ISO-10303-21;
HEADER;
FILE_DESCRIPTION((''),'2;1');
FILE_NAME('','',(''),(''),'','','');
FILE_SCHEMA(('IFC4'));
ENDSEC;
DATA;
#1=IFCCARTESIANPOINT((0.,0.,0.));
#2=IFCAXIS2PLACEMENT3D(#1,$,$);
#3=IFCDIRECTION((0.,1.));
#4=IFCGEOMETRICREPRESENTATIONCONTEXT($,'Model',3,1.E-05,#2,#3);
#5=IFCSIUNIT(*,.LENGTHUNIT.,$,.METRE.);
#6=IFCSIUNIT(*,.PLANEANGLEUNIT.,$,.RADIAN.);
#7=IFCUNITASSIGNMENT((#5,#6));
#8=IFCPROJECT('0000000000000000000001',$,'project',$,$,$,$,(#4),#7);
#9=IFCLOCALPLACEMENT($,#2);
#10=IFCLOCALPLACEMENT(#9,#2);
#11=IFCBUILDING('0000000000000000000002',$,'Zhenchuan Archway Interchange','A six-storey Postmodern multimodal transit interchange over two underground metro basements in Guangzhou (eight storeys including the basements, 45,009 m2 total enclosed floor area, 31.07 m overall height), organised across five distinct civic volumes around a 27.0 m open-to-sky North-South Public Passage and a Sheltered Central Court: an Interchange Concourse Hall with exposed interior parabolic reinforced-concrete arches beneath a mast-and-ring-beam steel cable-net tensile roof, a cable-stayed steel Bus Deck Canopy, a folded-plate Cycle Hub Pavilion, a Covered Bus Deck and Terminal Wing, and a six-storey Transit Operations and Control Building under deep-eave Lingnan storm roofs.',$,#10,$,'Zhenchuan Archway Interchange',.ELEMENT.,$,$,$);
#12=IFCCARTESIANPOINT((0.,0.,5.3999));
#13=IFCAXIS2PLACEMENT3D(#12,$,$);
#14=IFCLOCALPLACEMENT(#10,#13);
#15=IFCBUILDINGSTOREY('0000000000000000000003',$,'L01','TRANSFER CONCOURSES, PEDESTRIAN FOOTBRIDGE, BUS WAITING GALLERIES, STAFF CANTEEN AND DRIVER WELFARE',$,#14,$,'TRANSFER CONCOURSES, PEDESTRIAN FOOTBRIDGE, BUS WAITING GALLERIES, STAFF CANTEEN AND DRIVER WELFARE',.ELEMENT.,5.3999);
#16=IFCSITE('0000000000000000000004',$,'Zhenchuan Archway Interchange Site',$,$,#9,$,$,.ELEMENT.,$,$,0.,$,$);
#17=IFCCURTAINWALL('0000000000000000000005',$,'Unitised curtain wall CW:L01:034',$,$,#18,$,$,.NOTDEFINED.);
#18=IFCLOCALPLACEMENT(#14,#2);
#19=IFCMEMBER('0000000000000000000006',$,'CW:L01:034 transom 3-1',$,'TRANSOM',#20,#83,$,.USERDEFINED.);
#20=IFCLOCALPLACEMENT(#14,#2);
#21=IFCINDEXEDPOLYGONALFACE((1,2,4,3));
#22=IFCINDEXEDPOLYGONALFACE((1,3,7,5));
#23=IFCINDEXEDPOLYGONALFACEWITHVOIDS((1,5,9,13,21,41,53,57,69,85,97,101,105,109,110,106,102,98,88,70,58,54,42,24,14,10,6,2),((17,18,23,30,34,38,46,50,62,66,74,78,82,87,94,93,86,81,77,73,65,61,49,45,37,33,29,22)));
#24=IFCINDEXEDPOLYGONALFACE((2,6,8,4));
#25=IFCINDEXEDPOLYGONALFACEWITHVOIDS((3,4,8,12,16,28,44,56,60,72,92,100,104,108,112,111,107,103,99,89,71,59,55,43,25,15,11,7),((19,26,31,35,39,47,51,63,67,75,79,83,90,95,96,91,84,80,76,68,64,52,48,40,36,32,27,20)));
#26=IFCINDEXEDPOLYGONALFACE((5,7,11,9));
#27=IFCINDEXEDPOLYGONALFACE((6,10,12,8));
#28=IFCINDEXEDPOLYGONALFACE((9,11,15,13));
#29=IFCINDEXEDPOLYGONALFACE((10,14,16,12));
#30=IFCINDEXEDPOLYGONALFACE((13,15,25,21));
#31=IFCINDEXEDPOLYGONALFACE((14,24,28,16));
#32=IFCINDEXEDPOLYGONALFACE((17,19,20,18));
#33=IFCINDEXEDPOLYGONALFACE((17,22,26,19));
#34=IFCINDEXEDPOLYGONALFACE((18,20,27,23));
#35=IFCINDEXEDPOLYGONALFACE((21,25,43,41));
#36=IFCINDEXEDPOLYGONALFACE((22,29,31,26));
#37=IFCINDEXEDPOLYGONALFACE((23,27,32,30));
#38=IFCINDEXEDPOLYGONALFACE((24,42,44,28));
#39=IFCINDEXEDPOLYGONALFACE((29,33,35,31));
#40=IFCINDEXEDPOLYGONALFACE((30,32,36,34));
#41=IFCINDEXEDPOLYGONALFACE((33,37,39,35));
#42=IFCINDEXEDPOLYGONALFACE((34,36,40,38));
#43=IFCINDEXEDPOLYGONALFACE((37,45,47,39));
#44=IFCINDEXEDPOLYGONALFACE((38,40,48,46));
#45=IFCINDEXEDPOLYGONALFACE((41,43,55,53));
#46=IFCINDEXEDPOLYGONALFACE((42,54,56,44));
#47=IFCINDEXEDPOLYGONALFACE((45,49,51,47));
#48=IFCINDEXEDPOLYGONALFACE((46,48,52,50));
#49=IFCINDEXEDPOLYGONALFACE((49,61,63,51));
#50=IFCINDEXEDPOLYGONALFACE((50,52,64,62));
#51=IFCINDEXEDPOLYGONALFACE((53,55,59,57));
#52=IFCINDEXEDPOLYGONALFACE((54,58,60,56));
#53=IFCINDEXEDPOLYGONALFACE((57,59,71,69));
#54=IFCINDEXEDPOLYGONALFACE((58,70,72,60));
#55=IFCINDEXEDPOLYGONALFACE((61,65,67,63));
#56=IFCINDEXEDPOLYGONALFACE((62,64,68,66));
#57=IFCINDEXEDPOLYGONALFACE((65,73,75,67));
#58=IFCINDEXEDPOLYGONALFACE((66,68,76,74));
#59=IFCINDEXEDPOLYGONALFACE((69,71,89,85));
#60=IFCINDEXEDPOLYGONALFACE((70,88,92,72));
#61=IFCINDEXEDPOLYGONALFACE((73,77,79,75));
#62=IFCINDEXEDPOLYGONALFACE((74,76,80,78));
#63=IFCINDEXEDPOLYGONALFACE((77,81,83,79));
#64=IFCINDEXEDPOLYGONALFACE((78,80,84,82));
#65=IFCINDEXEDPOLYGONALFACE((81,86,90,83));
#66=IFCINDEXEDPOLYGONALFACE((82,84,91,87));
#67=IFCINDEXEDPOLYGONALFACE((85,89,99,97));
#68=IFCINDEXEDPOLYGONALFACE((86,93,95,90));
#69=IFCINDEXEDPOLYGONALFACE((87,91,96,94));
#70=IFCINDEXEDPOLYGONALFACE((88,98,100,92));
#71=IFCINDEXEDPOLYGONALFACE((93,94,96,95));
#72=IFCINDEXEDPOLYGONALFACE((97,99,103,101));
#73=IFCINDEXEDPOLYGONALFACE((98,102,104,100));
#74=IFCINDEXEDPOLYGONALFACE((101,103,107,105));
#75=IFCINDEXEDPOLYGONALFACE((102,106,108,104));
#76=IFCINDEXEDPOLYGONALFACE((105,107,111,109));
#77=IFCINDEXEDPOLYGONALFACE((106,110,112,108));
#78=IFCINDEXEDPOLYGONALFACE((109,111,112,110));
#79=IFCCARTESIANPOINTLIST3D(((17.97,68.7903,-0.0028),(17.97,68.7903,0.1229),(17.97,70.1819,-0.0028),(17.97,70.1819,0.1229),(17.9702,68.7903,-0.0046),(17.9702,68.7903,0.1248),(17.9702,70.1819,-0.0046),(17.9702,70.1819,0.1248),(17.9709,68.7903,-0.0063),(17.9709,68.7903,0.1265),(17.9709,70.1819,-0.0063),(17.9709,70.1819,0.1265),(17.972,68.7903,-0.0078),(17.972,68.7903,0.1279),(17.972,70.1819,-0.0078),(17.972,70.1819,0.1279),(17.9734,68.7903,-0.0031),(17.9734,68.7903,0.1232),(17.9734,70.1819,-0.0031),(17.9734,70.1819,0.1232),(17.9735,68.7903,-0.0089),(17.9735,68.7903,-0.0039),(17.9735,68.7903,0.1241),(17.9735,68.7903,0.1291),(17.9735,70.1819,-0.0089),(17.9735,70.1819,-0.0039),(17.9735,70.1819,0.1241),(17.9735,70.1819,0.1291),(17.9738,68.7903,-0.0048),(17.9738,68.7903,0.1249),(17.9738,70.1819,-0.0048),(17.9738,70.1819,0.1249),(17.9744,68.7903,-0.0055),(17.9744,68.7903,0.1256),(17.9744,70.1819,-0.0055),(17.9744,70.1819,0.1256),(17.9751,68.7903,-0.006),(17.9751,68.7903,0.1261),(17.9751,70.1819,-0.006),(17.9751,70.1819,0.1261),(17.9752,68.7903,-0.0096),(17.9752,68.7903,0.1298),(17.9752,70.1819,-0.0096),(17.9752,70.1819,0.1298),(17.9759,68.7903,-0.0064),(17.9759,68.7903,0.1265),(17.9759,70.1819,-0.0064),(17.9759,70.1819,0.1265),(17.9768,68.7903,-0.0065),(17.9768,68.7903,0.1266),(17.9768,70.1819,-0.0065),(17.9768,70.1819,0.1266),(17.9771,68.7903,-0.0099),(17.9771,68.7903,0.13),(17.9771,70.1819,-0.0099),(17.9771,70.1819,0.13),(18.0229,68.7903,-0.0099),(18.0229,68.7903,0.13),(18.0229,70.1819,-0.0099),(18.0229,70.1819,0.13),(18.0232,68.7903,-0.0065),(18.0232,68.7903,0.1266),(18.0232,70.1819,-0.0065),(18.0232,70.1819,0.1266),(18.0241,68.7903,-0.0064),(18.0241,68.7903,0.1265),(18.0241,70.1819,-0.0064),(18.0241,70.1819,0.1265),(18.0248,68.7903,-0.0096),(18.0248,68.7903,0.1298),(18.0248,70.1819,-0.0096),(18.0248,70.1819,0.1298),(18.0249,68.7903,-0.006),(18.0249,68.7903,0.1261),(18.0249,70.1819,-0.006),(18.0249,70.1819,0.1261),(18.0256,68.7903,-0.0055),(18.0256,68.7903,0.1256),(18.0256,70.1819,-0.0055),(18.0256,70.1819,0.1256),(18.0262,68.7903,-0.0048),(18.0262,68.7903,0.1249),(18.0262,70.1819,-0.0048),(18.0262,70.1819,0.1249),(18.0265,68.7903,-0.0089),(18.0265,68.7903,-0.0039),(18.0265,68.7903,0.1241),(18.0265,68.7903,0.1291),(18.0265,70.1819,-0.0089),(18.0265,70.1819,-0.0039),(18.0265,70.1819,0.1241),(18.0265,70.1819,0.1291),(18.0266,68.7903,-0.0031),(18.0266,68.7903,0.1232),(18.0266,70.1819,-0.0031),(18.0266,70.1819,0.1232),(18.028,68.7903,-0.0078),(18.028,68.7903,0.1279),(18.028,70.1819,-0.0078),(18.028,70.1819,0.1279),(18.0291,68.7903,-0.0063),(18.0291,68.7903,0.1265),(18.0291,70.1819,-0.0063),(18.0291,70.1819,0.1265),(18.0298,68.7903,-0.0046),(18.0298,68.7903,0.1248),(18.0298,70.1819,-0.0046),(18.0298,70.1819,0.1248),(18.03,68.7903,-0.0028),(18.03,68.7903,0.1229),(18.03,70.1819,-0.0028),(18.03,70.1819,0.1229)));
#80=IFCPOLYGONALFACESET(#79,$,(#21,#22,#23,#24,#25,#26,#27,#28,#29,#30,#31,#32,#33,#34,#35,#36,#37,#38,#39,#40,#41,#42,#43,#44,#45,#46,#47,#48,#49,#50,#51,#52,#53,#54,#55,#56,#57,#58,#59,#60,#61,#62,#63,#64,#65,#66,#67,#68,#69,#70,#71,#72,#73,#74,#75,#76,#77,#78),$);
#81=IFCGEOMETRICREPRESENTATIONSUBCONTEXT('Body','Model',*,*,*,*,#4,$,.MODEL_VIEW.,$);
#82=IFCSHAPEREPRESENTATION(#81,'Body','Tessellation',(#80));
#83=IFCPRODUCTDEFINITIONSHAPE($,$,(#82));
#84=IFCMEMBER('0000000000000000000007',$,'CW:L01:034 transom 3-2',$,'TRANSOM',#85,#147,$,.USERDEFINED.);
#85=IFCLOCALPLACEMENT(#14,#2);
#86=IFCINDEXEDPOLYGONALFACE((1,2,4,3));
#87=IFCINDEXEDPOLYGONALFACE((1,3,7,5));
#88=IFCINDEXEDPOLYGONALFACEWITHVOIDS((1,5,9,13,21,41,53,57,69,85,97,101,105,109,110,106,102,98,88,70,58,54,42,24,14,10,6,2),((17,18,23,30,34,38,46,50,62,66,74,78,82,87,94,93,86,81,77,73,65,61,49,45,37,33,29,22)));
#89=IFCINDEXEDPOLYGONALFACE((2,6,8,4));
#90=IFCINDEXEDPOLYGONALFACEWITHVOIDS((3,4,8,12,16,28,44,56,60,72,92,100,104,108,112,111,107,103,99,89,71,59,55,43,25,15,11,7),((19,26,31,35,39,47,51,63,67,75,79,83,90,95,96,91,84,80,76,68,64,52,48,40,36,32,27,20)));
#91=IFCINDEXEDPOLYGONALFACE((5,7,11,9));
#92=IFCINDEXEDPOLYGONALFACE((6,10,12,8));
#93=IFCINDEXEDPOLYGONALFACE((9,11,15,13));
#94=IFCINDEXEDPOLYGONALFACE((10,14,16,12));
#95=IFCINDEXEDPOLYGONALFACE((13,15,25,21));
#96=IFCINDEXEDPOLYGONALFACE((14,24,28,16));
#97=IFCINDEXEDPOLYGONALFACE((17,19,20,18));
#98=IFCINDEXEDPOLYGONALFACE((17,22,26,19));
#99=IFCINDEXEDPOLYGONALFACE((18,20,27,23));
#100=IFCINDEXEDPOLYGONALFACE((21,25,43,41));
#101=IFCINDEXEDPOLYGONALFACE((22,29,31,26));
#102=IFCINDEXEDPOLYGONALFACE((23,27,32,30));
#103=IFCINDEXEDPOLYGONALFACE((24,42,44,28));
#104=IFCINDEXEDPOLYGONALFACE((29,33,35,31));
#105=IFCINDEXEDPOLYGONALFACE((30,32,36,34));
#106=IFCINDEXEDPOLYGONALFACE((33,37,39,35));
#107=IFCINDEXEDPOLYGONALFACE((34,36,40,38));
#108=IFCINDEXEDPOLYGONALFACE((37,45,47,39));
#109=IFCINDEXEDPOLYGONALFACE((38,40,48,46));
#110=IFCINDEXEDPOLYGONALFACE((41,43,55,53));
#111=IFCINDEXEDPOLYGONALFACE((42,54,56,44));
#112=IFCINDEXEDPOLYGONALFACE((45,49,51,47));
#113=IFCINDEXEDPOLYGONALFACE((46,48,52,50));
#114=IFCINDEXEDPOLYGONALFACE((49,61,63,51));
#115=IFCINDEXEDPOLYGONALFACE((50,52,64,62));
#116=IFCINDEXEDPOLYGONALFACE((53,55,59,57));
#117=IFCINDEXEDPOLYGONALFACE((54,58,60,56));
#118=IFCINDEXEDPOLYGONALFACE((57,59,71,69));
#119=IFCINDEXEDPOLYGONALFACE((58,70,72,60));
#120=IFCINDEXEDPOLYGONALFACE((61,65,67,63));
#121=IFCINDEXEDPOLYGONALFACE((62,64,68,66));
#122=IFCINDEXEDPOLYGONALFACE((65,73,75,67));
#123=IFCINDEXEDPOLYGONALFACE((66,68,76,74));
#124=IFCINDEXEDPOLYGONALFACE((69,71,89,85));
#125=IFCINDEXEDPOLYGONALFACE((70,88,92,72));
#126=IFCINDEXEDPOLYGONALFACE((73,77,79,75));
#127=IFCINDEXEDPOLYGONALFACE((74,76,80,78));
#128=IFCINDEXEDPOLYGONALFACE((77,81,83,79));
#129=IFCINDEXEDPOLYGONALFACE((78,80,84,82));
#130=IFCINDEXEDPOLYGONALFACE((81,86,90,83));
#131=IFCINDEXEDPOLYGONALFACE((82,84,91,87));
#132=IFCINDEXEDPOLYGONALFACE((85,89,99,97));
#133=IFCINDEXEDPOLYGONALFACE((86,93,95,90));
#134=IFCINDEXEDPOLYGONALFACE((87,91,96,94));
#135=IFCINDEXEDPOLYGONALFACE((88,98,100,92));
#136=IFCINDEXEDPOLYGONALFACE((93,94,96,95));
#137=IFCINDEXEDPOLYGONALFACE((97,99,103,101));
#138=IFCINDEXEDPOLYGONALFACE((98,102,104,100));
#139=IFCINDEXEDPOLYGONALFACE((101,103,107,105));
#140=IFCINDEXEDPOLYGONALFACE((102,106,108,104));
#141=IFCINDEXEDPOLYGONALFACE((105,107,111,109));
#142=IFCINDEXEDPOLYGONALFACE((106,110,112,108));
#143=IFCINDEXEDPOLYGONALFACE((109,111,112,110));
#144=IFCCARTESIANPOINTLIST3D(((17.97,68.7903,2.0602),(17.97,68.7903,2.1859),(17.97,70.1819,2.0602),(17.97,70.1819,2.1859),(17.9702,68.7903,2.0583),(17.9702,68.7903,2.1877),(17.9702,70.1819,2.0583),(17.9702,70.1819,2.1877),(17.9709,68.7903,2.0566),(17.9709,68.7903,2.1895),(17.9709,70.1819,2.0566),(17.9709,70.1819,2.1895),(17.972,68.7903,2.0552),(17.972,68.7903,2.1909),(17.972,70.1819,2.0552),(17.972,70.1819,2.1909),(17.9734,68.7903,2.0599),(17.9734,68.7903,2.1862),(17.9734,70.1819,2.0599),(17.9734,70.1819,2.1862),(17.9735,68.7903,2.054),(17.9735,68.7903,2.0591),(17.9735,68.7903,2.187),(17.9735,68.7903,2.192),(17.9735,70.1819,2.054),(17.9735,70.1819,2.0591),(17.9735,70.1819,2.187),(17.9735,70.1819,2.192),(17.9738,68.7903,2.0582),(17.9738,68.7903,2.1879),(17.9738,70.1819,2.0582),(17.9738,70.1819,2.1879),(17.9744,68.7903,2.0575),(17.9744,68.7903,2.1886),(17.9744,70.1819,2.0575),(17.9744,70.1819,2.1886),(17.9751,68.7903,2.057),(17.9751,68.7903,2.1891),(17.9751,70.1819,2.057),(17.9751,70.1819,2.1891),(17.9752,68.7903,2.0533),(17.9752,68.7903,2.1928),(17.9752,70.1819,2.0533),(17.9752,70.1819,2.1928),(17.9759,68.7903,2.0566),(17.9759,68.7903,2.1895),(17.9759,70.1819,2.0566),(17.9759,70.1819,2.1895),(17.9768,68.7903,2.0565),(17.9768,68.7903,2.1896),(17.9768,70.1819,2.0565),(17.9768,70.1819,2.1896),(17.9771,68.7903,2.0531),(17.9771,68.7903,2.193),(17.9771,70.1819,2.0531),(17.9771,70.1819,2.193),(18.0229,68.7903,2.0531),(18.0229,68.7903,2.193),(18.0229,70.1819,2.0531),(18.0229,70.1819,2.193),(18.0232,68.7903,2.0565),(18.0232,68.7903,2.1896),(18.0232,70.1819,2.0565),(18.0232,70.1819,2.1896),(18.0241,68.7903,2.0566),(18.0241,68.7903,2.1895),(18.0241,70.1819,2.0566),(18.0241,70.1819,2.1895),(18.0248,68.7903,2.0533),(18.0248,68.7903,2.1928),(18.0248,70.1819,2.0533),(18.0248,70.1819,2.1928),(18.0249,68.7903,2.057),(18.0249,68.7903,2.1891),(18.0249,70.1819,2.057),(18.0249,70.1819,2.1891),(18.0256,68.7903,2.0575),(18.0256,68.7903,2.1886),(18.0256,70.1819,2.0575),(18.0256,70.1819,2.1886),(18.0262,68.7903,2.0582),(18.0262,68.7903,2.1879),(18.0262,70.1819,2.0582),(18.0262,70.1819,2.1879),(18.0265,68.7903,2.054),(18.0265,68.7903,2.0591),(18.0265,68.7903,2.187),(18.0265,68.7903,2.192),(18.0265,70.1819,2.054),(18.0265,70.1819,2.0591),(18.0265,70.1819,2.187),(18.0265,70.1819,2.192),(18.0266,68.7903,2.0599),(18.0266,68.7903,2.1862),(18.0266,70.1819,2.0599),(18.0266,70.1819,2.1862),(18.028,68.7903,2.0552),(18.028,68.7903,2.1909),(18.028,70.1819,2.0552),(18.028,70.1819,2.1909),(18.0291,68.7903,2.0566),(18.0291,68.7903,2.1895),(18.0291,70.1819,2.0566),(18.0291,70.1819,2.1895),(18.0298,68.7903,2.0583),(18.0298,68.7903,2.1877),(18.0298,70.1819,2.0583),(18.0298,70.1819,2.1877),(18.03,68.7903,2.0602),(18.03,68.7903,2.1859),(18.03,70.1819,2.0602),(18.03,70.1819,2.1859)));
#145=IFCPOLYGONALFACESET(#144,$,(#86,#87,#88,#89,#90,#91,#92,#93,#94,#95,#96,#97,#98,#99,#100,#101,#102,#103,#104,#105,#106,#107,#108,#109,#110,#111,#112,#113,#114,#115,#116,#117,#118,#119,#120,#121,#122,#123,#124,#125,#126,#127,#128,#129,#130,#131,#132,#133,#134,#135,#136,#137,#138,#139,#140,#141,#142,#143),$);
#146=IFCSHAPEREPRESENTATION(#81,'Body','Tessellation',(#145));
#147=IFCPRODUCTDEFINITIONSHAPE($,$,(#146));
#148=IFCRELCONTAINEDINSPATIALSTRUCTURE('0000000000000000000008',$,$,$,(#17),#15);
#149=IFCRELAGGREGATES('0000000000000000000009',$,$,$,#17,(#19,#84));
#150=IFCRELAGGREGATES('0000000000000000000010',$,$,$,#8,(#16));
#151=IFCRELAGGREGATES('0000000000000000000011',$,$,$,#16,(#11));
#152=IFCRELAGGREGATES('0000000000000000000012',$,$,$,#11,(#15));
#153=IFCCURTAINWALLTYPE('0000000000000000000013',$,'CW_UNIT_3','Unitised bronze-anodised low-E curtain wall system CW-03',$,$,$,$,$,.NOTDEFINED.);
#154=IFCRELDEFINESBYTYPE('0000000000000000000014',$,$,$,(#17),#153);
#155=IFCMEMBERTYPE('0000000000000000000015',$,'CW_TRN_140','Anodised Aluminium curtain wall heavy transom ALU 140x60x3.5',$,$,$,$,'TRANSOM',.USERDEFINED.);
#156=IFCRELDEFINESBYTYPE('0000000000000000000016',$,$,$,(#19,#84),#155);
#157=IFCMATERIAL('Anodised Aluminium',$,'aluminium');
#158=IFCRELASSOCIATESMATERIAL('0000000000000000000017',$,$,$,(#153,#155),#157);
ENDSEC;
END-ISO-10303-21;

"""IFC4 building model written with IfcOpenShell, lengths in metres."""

from ifc_helpers import new_model, si_unit, direction, frame, origin, origin_2d, place, context, subcontext, project, spatial, hollow_rectangle, extrude, material, material_profile, profile_set, type_object, element, aggregate, save


model = new_model("IFC4")

# Units and contexts
model_context = context("Model", 3, precision=1e-05, world=origin(), true_north=direction((0.0, 1.0)))
body_context = subcontext(model_context, "Body", "Model", "MODEL_VIEW")
ifc_project = project(units=[si_unit("LENGTHUNIT", "METRE"), si_unit("PLANEANGLEUNIT", "RADIAN")], contexts=[model_context])

# Site, building, storey
site_placement = place(None, origin())
site = spatial("IfcSite", under=ifc_project, at=site_placement, Name="Zhenchuan Archway Interchange Site", CompositionType="ELEMENT", RefElevation=0.0)
building_placement = place(site_placement, origin())
building = spatial("IfcBuilding", under=site, at=building_placement, Name="Zhenchuan Archway Interchange", Description="A six-storey Postmodern multimodal transit interchange over two underground metro basements in Guangzhou (eight storeys including the basements, 45,009 m2 total enclosed floor area, 31.07 m overall height), organised across five distinct civic volumes around a 27.0 m open-to-sky North-South Public Passage and a Sheltered Central Court: an Interchange Concourse Hall with exposed interior parabolic reinforced-concrete arches beneath a mast-and-ring-beam steel cable-net tensile roof, a cable-stayed steel Bus Deck Canopy, a folded-plate Cycle Hub Pavilion, a Covered Bus Deck and Terminal Wing, and a six-storey Transit Operations and Control Building under deep-eave Lingnan storm roofs.", LongName="Zhenchuan Archway Interchange", CompositionType="ELEMENT")
storey_placement = place(building_placement, frame((0.0, 0.0, 5.3999)))
storey = spatial("IfcBuildingStorey", under=building, at=storey_placement, Name="L01", Description="TRANSFER CONCOURSES, PEDESTRIAN FOOTBRIDGE, BUS WAITING GALLERIES, STAFF CANTEEN AND DRIVER WELFARE", LongName="TRANSFER CONCOURSES, PEDESTRIAN FOOTBRIDGE, BUS WAITING GALLERIES, STAFF CANTEEN AND DRIVER WELFARE", CompositionType="ELEMENT", Elevation=5.3999)

# Curtain wall
ifc_material_1 = material(Name="Anodised Aluminium", Category="aluminium")
curtain_wall_type_1 = type_object("IfcCurtainWallType", Name="CW_UNIT_3", Description="Unitised bronze-anodised low-E curtain wall system CW-03", PredefinedType="NOTDEFINED", material=ifc_material_1)
curtain_wall_1_placement = place(storey_placement, origin())
curtain_wall_1 = element("IfcCurtainWall", 1, at=curtain_wall_1_placement, inside=storey, type_object=curtain_wall_type_1, Name="Unitised curtain wall CW:L01:034", PredefinedType="NOTDEFINED")

# Members
ifc_material_profile_1 = material_profile(ifc_material_1, hollow_rectangle(XDim=0.0601, YDim=0.1399, WallThickness=0.0034, InnerFilletRadius=0.0034, OuterFilletRadius=0.0071, at=origin_2d()), Name="ALU 140x60x3.5")
ifc_profile_set_1 = profile_set([ifc_material_profile_1], Name="Anodised Aluminium")
member_type_1 = type_object("IfcMemberType", Name="CW_TRN_140", Description="Anodised Aluminium curtain wall heavy transom ALU 140x60x3.5", ElementType="TRANSOM", PredefinedType="USERDEFINED", material=ifc_profile_set_1)
member_1_placement = place(storey_placement, frame((18.0, 68.7903, 0.0601), z_axis=(0.0, 1.0, 0.0), x_axis=(-1.0, 0.0, 0.0)))
member_1 = element("IfcMember", 2, at=member_1_placement, type_object=member_type_1, Name="CW:L01:034 transom 3-1", ObjectType="TRANSOM", PredefinedType="USERDEFINED", context=body_context, shape_type="SweptSolid", body=[
    extrude(hollow_rectangle(XDim=0.0601, YDim=0.1399, WallThickness=0.0034, InnerFilletRadius=0.0034, OuterFilletRadius=0.0071, at=origin_2d()), origin(), (0.0, 0.0, 1.0), 1.3916),
])
member_2_placement = place(storey_placement, frame((18.0, 68.7903, 2.123), z_axis=(0.0, 1.0, 0.0), x_axis=(-1.0, 0.0, 0.0)))
member_2 = element("IfcMember", 3, at=member_2_placement, type_object=member_type_1, Name="CW:L01:034 transom 3-2", ObjectType="TRANSOM", PredefinedType="USERDEFINED", context=body_context, shape_type="SweptSolid", body=[
    extrude(hollow_rectangle(XDim=0.0601, YDim=0.1399, WallThickness=0.0034, InnerFilletRadius=0.0034, OuterFilletRadius=0.0071, at=origin_2d()), origin(), (0.0, 0.0, 1.0), 1.3916),
])

aggregate(curtain_wall_1, [member_1, member_2])

save(model, "model.ifc")
